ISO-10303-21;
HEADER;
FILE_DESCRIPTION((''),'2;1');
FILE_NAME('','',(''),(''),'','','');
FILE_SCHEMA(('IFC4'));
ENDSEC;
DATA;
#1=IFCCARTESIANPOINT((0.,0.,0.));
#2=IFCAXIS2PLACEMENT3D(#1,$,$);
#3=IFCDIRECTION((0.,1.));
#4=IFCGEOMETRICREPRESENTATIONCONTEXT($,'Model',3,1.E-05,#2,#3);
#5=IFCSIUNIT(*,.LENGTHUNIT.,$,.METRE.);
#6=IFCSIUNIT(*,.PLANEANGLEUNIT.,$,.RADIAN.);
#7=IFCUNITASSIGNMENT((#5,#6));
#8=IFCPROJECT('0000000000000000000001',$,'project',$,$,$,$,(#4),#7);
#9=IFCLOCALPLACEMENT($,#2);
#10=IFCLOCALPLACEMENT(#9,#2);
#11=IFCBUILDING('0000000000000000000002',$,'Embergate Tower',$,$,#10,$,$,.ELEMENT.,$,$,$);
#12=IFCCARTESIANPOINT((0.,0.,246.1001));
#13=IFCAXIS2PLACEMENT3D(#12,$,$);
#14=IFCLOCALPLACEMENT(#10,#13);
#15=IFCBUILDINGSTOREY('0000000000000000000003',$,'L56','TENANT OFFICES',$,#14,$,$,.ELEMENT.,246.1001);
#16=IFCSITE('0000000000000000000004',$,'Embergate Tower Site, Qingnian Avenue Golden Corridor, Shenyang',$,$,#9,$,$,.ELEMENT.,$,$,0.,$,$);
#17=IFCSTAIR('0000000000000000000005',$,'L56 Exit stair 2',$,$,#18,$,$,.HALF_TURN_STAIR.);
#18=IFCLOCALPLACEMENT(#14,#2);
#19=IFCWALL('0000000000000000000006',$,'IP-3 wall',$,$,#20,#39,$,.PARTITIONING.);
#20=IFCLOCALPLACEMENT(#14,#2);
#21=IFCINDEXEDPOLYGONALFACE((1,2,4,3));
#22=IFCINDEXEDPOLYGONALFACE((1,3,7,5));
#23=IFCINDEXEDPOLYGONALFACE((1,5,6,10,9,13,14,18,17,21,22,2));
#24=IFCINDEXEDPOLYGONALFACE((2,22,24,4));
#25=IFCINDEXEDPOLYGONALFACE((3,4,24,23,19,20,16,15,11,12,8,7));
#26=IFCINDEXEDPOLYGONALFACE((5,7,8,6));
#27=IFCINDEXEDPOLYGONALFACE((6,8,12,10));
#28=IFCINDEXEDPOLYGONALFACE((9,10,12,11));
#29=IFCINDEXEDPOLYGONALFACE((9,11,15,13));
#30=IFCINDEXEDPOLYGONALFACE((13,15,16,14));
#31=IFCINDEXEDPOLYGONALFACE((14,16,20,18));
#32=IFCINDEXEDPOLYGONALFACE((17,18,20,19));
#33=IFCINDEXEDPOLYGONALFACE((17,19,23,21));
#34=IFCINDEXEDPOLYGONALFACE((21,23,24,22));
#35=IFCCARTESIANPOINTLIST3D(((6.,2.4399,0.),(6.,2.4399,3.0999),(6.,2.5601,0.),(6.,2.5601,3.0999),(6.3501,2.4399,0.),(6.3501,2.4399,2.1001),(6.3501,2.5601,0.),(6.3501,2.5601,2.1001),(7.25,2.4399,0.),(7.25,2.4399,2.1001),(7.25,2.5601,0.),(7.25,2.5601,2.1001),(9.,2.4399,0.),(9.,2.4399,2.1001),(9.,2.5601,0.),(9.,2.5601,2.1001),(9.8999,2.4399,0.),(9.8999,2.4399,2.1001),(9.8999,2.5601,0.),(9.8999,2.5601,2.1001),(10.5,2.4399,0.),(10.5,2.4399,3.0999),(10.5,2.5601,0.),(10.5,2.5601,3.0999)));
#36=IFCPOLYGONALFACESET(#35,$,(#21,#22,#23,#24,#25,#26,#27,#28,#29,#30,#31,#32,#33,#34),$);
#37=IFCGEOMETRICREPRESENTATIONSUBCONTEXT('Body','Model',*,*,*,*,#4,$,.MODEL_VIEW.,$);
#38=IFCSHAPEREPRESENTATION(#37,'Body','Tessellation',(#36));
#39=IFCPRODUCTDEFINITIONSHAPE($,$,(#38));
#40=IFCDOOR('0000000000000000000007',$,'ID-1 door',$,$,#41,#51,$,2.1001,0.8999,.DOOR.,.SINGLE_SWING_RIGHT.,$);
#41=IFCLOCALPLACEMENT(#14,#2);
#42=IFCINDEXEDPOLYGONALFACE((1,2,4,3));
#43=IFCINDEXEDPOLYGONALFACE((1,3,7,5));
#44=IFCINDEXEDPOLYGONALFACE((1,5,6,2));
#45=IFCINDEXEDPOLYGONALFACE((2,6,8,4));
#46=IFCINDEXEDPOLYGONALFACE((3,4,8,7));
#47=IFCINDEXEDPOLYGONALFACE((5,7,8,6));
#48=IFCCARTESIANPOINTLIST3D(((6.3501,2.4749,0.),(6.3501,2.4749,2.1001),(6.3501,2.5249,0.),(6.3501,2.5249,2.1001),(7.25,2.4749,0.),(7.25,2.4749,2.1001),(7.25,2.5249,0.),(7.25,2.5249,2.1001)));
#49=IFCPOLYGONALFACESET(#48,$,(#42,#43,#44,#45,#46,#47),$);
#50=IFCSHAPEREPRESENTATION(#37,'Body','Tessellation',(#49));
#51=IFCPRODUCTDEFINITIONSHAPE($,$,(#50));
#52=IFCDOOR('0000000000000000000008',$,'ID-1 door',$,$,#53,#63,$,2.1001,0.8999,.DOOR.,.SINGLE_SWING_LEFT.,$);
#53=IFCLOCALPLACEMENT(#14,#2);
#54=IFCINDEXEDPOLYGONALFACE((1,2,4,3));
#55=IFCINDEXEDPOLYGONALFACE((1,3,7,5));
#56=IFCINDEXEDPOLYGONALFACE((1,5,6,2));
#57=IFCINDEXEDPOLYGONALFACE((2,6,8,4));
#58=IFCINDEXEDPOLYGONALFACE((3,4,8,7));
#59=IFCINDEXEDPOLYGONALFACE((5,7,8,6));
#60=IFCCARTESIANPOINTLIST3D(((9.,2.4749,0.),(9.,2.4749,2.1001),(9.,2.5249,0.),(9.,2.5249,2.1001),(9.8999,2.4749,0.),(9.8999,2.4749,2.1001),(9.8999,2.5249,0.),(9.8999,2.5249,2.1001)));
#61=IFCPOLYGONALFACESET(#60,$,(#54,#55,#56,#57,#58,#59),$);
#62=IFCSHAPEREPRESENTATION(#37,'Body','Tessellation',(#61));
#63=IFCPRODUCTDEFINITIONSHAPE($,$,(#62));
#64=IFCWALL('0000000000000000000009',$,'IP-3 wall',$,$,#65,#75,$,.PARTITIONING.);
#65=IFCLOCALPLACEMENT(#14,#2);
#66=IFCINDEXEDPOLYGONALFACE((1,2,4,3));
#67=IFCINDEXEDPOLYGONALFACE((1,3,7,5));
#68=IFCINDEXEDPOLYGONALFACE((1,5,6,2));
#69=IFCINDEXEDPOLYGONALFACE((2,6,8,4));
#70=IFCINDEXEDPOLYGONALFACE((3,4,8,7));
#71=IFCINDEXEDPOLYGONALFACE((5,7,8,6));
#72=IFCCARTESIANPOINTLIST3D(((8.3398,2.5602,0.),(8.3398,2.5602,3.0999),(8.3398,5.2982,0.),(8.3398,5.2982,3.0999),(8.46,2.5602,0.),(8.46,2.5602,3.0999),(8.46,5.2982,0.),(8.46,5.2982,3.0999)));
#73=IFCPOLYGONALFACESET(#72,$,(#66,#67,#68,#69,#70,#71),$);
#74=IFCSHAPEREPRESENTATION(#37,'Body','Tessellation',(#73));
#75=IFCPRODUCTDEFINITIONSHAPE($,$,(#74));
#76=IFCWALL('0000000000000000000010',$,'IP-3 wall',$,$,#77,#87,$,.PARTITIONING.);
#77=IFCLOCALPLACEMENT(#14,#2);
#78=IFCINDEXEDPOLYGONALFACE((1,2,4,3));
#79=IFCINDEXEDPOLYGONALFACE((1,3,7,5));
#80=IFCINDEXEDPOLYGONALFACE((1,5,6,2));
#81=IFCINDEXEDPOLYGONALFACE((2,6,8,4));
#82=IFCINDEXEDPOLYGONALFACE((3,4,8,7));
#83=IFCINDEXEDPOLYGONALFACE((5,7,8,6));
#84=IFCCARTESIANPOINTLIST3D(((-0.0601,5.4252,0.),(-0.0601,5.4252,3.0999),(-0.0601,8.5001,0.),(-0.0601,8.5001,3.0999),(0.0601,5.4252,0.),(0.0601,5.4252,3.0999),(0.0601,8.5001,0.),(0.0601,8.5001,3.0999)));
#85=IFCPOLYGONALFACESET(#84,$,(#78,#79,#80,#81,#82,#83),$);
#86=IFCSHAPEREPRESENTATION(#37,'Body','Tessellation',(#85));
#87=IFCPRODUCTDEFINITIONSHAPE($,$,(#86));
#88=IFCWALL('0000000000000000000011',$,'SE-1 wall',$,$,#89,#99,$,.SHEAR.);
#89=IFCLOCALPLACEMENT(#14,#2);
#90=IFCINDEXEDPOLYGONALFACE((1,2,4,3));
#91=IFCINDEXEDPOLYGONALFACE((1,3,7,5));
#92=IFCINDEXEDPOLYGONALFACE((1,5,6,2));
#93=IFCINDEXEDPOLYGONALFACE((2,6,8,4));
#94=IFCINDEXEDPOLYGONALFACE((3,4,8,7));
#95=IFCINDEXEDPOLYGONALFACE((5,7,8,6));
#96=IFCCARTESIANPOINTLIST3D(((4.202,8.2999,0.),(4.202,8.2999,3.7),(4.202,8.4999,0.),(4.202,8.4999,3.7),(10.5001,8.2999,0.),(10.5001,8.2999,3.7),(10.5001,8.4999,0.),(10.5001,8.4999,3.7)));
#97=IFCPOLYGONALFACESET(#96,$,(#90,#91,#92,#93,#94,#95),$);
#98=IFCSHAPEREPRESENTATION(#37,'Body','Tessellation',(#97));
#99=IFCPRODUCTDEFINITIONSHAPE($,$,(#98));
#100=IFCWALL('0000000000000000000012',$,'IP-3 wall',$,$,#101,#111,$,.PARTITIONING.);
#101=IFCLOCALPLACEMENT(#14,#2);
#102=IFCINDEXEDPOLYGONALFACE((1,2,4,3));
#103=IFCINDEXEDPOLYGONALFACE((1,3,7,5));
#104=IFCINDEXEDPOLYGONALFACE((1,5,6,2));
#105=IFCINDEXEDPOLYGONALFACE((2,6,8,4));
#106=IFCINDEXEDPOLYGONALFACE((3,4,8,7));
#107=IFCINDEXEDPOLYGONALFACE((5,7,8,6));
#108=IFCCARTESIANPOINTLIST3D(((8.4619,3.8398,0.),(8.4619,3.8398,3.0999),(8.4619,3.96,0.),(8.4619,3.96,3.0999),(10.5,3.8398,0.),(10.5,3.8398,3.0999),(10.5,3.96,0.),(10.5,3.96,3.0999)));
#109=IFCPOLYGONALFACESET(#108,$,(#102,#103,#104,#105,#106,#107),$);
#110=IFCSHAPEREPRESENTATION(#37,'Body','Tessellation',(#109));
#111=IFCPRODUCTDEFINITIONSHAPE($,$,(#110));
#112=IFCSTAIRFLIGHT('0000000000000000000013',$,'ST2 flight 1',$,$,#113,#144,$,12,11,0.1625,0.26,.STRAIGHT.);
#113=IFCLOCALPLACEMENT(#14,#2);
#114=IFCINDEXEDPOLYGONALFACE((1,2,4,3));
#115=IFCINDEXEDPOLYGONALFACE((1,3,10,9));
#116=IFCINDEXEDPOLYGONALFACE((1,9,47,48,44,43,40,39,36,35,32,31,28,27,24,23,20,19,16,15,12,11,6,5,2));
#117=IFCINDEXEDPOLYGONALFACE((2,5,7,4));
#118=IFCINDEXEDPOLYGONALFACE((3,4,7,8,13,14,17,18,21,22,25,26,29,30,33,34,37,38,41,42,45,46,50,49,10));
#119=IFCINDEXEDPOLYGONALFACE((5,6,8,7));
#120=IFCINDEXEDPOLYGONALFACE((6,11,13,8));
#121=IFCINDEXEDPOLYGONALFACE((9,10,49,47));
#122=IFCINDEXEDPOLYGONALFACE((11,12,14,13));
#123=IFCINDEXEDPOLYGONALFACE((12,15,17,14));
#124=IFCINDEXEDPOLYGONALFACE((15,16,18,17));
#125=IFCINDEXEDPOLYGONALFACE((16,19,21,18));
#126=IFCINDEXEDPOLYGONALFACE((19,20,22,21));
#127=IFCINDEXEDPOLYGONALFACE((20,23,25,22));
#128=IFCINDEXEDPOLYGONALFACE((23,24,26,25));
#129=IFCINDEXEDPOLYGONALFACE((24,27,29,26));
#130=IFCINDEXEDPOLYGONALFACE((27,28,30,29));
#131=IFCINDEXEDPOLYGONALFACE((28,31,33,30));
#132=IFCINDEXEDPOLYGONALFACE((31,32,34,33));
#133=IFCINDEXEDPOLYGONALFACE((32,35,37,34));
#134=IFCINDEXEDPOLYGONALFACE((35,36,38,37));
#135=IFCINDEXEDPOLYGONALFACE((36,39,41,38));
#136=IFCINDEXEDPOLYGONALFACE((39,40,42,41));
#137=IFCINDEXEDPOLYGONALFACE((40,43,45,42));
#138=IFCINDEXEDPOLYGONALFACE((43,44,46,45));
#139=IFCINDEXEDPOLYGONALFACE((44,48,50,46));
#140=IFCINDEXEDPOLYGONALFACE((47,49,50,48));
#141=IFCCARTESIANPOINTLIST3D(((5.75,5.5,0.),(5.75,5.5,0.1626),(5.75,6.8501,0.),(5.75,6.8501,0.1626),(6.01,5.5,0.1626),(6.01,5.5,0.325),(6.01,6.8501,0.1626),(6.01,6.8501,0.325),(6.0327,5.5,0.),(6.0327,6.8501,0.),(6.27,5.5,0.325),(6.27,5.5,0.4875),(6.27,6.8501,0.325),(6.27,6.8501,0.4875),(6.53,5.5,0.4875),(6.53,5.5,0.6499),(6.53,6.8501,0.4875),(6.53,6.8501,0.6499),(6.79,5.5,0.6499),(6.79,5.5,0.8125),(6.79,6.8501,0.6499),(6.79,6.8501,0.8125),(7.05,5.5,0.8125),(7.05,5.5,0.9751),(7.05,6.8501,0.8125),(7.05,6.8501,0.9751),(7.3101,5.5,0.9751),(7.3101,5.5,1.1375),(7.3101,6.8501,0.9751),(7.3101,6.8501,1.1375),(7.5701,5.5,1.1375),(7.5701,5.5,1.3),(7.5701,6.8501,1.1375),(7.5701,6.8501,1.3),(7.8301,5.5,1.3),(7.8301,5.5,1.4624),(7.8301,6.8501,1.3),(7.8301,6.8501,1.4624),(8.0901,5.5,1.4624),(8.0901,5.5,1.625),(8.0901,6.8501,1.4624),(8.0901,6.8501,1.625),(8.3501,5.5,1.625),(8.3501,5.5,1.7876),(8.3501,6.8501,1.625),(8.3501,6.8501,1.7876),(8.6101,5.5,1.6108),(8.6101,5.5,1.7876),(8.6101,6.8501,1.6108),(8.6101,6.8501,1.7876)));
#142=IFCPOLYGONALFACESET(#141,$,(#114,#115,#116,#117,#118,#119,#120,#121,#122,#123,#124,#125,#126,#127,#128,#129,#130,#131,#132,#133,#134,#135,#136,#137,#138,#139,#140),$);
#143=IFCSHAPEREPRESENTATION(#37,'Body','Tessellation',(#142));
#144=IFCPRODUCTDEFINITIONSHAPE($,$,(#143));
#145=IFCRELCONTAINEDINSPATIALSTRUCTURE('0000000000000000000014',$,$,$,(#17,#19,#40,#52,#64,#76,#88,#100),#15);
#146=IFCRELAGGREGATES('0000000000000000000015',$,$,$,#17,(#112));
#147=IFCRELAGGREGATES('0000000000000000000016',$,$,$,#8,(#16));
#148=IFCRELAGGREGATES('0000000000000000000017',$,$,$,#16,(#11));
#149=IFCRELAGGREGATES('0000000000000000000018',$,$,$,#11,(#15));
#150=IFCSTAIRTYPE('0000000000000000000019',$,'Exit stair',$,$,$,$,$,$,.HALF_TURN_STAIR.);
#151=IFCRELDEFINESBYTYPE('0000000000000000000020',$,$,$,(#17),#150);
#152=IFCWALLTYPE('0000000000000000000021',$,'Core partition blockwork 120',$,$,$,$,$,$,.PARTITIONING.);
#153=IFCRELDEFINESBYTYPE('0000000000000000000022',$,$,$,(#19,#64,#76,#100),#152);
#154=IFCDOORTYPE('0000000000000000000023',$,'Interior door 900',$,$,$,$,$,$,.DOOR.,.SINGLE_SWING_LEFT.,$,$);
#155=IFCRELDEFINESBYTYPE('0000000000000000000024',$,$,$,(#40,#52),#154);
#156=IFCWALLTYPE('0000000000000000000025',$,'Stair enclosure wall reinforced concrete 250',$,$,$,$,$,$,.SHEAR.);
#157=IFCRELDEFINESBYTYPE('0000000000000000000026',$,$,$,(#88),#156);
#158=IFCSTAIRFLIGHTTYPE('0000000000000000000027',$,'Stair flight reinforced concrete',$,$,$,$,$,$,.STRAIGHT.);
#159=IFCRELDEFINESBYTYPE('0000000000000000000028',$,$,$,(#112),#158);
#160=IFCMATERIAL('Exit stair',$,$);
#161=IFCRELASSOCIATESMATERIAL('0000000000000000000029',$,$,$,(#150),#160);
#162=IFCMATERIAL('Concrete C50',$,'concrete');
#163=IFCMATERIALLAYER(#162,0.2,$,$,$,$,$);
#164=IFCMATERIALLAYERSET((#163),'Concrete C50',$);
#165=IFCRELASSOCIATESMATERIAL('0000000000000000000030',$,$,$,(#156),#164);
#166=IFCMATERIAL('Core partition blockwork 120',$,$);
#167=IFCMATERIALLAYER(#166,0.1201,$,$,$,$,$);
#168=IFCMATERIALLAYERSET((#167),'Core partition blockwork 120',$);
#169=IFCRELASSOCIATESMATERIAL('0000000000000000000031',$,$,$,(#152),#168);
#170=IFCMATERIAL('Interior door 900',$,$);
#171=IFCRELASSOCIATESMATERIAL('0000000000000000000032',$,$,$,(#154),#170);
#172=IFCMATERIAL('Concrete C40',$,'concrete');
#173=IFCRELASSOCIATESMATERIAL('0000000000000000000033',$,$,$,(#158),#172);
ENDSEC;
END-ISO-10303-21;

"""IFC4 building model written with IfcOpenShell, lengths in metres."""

from ifc_helpers import new_model, si_unit, direction, frame, frame_2d, origin, place, context, subcontext, project, spatial, polyline, rectangle, outline, extrude, source, transform, mapped, material, layer, layer_set, type_object, element, fill, aggregate, save


model = new_model("IFC4")

# Units and contexts
model_context = context("Model", 3, precision=1e-05, world=origin(), true_north=direction((0.0, 1.0)))
body_context = subcontext(model_context, "Body", "Model", "MODEL_VIEW")
ifc_project = project(units=[si_unit("LENGTHUNIT", "METRE"), si_unit("PLANEANGLEUNIT", "RADIAN")], contexts=[model_context])

# Site, building, storey
site_placement = place(None, origin())
site = spatial("IfcSite", under=ifc_project, at=site_placement, Name="Embergate Tower Site, Qingnian Avenue Golden Corridor, Shenyang", CompositionType="ELEMENT", RefElevation=0.0)
building_placement = place(site_placement, origin())
building = spatial("IfcBuilding", under=site, at=building_placement, Name="Embergate Tower", CompositionType="ELEMENT")
storey_placement = place(building_placement, frame((0.0, 0.0, 246.1001)))
storey = spatial("IfcBuildingStorey", under=building, at=storey_placement, Name="L56", Description="TENANT OFFICES", CompositionType="ELEMENT", Elevation=246.1001)

# Stair
ifc_material_1 = material(Name="Exit stair")
stair_type = type_object("IfcStairType", Name="Exit stair", PredefinedType="HALF_TURN_STAIR", material=ifc_material_1)
stair_placement = place(storey_placement, origin())
stair = element("IfcStair", 1, at=stair_placement, inside=storey, type_object=stair_type, Name="L56 Exit stair 2", PredefinedType="HALF_TURN_STAIR")
ifc_material_2 = material(Name="Concrete C40", Category="concrete")

# Shared definitions
ifc_material_3 = material(Name="Concrete C50", Category="concrete")

# Shared definitions
ifc_layer_1 = layer(ifc_material_3, 0.2)
ifc_layer_set_1 = layer_set([ifc_layer_1], Name="Concrete C50")
wall_type_1 = type_object("IfcWallType", Name="Stair enclosure wall reinforced concrete 250", PredefinedType="SHEAR", material=ifc_layer_set_1)

# Shared definitions
ifc_material_4 = material(Name="Core partition blockwork 120")
ifc_layer_2 = layer(ifc_material_4, 0.1201)
ifc_layer_set_2 = layer_set([ifc_layer_2], Name="Core partition blockwork 120")
wall_type_2 = type_object("IfcWallType", Name="Core partition blockwork 120", PredefinedType="PARTITIONING", material=ifc_layer_set_2)

# Wall, openings, doors
shared_shape_1 = source(origin(), body_context, "Body", "SweptSolid", [
    extrude(rectangle(XDim=4.5, YDim=0.1201, at=frame_2d((2.25, 0.0))), origin(), (0.0, 0.0, 1.0), 3.0999),
])
wall_1_placement = place(storey_placement, frame((6.0, 2.5, 0.0), z_axis=(0.0, 0.0, 1.0), x_axis=(1.0, 0.0, 0.0)))
wall_1 = element("IfcWall", 2, at=wall_1_placement, inside=storey, type_object=wall_type_2, Name="IP-3 wall", PredefinedType="PARTITIONING", context=body_context, shape_type="MappedRepresentation", body=[
    mapped(shared_shape_1, transform((0.0, 0.0, 0.0))),
])
shared_shape_2 = source(origin(), body_context, "Body", "SweptSolid", [
    extrude(rectangle(XDim=0.8999, YDim=2.1001, at=frame_2d((0.45, 1.05))), frame((0.0, 0.0701, 0.0), z_axis=(0.0, -1.0, 0.0), x_axis=(1.0, 0.0, 0.0)), (0.0, 0.0, 1.0), 0.1401),
])
opening_1_placement = place(wall_1_placement, frame((0.3501, 0.0, 0.0)))
opening_1 = element("IfcOpeningElement", 3, at=opening_1_placement, cuts=wall_1, PredefinedType="OPENING", context=body_context, shape_type="MappedRepresentation", body=[
    mapped(shared_shape_2, transform((0.0, 0.0, 0.0))),
])
opening_2_placement = place(wall_1_placement, frame((3.0, 0.0, 0.0)))
opening_2 = element("IfcOpeningElement", 4, at=opening_2_placement, cuts=wall_1, PredefinedType="OPENING", context=body_context, shape_type="MappedRepresentation", body=[
    mapped(shared_shape_2, transform((0.0, 0.0, 0.0))),
])
ifc_material_5 = material(Name="Interior door 900")
door_type_1 = type_object("IfcDoorType", Name="Interior door 900", OperationType="SINGLE_SWING_LEFT", PredefinedType="DOOR", material=ifc_material_5)
shared_shape_3 = source(origin(), body_context, "Body", "SweptSolid", [
    extrude(rectangle(XDim=0.8999, YDim=2.1001, at=frame_2d((0.45, 1.05))), frame((0.0, 0.0249, 0.0), z_axis=(0.0, -1.0, 0.0), x_axis=(1.0, 0.0, 0.0)), (0.0, 0.0, 1.0), 0.05),
])
door_1_placement = place(opening_1_placement, origin())
door_1 = element("IfcDoor", 5, at=door_1_placement, inside=storey, type_object=door_type_1, Name="ID-1 door", OperationType="SINGLE_SWING_RIGHT", OverallHeight=2.1001, OverallWidth=0.8999, PredefinedType="DOOR", context=body_context, shape_type="MappedRepresentation", body=[
    mapped(shared_shape_3, transform((0.0, 0.0, 0.0))),
])
fill(opening_1, door_1)
door_2_placement = place(opening_2_placement, origin())
door_2 = element("IfcDoor", 6, at=door_2_placement, inside=storey, type_object=door_type_1, Name="ID-1 door", OperationType="SINGLE_SWING_LEFT", OverallHeight=2.1001, OverallWidth=0.8999, PredefinedType="DOOR", context=body_context, shape_type="MappedRepresentation", body=[
    mapped(shared_shape_3, transform((0.0, 0.0, 0.0))),
])
fill(opening_2, door_2)

# Walls
shared_shape_4 = source(origin(), body_context, "Body", "SweptSolid", [
    extrude(rectangle(XDim=2.738, YDim=0.1201, at=frame_2d((1.3691, 0.0))), origin(), (0.0, 0.0, 1.0), 3.0999),
])
wall_2_placement = place(storey_placement, frame((8.3999, 2.5601, 0.0), z_axis=(0.0, 0.0, 1.0), x_axis=(0.0, 1.0, 0.0)))
element("IfcWall", 7, at=wall_2_placement, inside=storey, type_object=wall_type_2, Name="IP-3 wall", PredefinedType="PARTITIONING", context=body_context, shape_type="MappedRepresentation", body=[
    mapped(shared_shape_4, transform((0.0, 0.0, 0.0))),
])
shared_shape_5 = source(origin(), body_context, "Body", "SweptSolid", [
    extrude(rectangle(XDim=3.075, YDim=0.1201, at=frame_2d((1.5376, 0.0))), origin(), (0.0, 0.0, 1.0), 3.0999),
])
wall_3_placement = place(storey_placement, frame((0.0, 5.425, 0.0), z_axis=(0.0, 0.0, 1.0), x_axis=(0.0, 1.0, 0.0)))
element("IfcWall", 8, at=wall_3_placement, inside=storey, type_object=wall_type_2, Name="IP-3 wall", PredefinedType="PARTITIONING", context=body_context, shape_type="MappedRepresentation", body=[
    mapped(shared_shape_5, transform((0.0, 0.0, 0.0))),
])
shared_shape_6 = source(origin(), body_context, "Body", "SweptSolid", [
    extrude(rectangle(XDim=6.2981, YDim=0.2, at=frame_2d((3.1489, 0.0))), origin(), (0.0, 0.0, 1.0), 3.7),
])
wall_4_placement = place(storey_placement, frame((10.5, 8.3999, 0.0), z_axis=(0.0, 0.0, 1.0), x_axis=(-1.0, 0.0, 0.0)))
element("IfcWall", 9, at=wall_4_placement, inside=storey, type_object=wall_type_1, Name="SE-1 wall", PredefinedType="SHEAR", context=body_context, shape_type="MappedRepresentation", body=[
    mapped(shared_shape_6, transform((0.0, 0.0, 0.0))),
])
shared_shape_7 = source(origin(), body_context, "Body", "SweptSolid", [
    extrude(rectangle(XDim=2.0381, YDim=0.1201, at=frame_2d((1.019, 0.0))), origin(), (0.0, 0.0, 1.0), 3.0999),
])
wall_5_placement = place(storey_placement, frame((10.5, 3.8999, 0.0), z_axis=(0.0, 0.0, 1.0), x_axis=(-1.0, 0.0, 0.0)))
element("IfcWall", 10, at=wall_5_placement, inside=storey, type_object=wall_type_2, Name="IP-3 wall", PredefinedType="PARTITIONING", context=body_context, shape_type="MappedRepresentation", body=[
    mapped(shared_shape_7, transform((0.0, 0.0, 0.0))),
])

# Stair flight
stair_flight_type = type_object("IfcStairFlightType", Name="Stair flight reinforced concrete", PredefinedType="STRAIGHT", material=ifc_material_2)
shared_shape_8 = source(origin(), body_context, "Body", "SweptSolid", [
    extrude(outline(polyline([(0.0, 0.0), (0.0, 0.1626), (0.26, 0.1626), (0.26, 0.325), (0.52, 0.325), (0.52, 0.4875), (0.78, 0.4875), (0.78, 0.6499), (1.04, 0.6499), (1.04, 0.8125), (1.3, 0.8125), (1.3, 0.9751), (1.5601, 0.9751), (1.5601, 1.1375), (1.8201, 1.1375), (1.8201, 1.3), (2.0801, 1.3), (2.0801, 1.4624), (2.3401, 1.4624), (2.3401, 1.625), (2.6001, 1.625), (2.6001, 1.7876), (2.8601, 1.7876), (2.8601, 1.95), (2.8601, 1.6108), (0.2827, 0.0), (0.0, 0.0)])), frame((0.0, 0.675, 0.0), z_axis=(0.0, -1.0, 0.0), x_axis=(1.0, 0.0, 0.0)), (0.0, 0.0, 1.0), 1.3501),
])
stair_flight_1_placement = place(storey_placement, frame((5.75, 6.175, 0.0), z_axis=(0.0, 0.0, 1.0), x_axis=(1.0, 0.0, 0.0)))
stair_flight_1 = element("IfcStairFlight", 11, at=stair_flight_1_placement, type_object=stair_flight_type, Name="ST2 flight 1", NumberOfRisers=12, NumberOfTreads=11, PredefinedType="STRAIGHT", RiserHeight=0.1625, TreadLength=0.26, context=body_context, shape_type="MappedRepresentation", body=[
    mapped(shared_shape_8, transform((0.0, 0.0, 0.0))),
])
aggregate(stair, [stair_flight_1])

save(model, "model.ifc")
